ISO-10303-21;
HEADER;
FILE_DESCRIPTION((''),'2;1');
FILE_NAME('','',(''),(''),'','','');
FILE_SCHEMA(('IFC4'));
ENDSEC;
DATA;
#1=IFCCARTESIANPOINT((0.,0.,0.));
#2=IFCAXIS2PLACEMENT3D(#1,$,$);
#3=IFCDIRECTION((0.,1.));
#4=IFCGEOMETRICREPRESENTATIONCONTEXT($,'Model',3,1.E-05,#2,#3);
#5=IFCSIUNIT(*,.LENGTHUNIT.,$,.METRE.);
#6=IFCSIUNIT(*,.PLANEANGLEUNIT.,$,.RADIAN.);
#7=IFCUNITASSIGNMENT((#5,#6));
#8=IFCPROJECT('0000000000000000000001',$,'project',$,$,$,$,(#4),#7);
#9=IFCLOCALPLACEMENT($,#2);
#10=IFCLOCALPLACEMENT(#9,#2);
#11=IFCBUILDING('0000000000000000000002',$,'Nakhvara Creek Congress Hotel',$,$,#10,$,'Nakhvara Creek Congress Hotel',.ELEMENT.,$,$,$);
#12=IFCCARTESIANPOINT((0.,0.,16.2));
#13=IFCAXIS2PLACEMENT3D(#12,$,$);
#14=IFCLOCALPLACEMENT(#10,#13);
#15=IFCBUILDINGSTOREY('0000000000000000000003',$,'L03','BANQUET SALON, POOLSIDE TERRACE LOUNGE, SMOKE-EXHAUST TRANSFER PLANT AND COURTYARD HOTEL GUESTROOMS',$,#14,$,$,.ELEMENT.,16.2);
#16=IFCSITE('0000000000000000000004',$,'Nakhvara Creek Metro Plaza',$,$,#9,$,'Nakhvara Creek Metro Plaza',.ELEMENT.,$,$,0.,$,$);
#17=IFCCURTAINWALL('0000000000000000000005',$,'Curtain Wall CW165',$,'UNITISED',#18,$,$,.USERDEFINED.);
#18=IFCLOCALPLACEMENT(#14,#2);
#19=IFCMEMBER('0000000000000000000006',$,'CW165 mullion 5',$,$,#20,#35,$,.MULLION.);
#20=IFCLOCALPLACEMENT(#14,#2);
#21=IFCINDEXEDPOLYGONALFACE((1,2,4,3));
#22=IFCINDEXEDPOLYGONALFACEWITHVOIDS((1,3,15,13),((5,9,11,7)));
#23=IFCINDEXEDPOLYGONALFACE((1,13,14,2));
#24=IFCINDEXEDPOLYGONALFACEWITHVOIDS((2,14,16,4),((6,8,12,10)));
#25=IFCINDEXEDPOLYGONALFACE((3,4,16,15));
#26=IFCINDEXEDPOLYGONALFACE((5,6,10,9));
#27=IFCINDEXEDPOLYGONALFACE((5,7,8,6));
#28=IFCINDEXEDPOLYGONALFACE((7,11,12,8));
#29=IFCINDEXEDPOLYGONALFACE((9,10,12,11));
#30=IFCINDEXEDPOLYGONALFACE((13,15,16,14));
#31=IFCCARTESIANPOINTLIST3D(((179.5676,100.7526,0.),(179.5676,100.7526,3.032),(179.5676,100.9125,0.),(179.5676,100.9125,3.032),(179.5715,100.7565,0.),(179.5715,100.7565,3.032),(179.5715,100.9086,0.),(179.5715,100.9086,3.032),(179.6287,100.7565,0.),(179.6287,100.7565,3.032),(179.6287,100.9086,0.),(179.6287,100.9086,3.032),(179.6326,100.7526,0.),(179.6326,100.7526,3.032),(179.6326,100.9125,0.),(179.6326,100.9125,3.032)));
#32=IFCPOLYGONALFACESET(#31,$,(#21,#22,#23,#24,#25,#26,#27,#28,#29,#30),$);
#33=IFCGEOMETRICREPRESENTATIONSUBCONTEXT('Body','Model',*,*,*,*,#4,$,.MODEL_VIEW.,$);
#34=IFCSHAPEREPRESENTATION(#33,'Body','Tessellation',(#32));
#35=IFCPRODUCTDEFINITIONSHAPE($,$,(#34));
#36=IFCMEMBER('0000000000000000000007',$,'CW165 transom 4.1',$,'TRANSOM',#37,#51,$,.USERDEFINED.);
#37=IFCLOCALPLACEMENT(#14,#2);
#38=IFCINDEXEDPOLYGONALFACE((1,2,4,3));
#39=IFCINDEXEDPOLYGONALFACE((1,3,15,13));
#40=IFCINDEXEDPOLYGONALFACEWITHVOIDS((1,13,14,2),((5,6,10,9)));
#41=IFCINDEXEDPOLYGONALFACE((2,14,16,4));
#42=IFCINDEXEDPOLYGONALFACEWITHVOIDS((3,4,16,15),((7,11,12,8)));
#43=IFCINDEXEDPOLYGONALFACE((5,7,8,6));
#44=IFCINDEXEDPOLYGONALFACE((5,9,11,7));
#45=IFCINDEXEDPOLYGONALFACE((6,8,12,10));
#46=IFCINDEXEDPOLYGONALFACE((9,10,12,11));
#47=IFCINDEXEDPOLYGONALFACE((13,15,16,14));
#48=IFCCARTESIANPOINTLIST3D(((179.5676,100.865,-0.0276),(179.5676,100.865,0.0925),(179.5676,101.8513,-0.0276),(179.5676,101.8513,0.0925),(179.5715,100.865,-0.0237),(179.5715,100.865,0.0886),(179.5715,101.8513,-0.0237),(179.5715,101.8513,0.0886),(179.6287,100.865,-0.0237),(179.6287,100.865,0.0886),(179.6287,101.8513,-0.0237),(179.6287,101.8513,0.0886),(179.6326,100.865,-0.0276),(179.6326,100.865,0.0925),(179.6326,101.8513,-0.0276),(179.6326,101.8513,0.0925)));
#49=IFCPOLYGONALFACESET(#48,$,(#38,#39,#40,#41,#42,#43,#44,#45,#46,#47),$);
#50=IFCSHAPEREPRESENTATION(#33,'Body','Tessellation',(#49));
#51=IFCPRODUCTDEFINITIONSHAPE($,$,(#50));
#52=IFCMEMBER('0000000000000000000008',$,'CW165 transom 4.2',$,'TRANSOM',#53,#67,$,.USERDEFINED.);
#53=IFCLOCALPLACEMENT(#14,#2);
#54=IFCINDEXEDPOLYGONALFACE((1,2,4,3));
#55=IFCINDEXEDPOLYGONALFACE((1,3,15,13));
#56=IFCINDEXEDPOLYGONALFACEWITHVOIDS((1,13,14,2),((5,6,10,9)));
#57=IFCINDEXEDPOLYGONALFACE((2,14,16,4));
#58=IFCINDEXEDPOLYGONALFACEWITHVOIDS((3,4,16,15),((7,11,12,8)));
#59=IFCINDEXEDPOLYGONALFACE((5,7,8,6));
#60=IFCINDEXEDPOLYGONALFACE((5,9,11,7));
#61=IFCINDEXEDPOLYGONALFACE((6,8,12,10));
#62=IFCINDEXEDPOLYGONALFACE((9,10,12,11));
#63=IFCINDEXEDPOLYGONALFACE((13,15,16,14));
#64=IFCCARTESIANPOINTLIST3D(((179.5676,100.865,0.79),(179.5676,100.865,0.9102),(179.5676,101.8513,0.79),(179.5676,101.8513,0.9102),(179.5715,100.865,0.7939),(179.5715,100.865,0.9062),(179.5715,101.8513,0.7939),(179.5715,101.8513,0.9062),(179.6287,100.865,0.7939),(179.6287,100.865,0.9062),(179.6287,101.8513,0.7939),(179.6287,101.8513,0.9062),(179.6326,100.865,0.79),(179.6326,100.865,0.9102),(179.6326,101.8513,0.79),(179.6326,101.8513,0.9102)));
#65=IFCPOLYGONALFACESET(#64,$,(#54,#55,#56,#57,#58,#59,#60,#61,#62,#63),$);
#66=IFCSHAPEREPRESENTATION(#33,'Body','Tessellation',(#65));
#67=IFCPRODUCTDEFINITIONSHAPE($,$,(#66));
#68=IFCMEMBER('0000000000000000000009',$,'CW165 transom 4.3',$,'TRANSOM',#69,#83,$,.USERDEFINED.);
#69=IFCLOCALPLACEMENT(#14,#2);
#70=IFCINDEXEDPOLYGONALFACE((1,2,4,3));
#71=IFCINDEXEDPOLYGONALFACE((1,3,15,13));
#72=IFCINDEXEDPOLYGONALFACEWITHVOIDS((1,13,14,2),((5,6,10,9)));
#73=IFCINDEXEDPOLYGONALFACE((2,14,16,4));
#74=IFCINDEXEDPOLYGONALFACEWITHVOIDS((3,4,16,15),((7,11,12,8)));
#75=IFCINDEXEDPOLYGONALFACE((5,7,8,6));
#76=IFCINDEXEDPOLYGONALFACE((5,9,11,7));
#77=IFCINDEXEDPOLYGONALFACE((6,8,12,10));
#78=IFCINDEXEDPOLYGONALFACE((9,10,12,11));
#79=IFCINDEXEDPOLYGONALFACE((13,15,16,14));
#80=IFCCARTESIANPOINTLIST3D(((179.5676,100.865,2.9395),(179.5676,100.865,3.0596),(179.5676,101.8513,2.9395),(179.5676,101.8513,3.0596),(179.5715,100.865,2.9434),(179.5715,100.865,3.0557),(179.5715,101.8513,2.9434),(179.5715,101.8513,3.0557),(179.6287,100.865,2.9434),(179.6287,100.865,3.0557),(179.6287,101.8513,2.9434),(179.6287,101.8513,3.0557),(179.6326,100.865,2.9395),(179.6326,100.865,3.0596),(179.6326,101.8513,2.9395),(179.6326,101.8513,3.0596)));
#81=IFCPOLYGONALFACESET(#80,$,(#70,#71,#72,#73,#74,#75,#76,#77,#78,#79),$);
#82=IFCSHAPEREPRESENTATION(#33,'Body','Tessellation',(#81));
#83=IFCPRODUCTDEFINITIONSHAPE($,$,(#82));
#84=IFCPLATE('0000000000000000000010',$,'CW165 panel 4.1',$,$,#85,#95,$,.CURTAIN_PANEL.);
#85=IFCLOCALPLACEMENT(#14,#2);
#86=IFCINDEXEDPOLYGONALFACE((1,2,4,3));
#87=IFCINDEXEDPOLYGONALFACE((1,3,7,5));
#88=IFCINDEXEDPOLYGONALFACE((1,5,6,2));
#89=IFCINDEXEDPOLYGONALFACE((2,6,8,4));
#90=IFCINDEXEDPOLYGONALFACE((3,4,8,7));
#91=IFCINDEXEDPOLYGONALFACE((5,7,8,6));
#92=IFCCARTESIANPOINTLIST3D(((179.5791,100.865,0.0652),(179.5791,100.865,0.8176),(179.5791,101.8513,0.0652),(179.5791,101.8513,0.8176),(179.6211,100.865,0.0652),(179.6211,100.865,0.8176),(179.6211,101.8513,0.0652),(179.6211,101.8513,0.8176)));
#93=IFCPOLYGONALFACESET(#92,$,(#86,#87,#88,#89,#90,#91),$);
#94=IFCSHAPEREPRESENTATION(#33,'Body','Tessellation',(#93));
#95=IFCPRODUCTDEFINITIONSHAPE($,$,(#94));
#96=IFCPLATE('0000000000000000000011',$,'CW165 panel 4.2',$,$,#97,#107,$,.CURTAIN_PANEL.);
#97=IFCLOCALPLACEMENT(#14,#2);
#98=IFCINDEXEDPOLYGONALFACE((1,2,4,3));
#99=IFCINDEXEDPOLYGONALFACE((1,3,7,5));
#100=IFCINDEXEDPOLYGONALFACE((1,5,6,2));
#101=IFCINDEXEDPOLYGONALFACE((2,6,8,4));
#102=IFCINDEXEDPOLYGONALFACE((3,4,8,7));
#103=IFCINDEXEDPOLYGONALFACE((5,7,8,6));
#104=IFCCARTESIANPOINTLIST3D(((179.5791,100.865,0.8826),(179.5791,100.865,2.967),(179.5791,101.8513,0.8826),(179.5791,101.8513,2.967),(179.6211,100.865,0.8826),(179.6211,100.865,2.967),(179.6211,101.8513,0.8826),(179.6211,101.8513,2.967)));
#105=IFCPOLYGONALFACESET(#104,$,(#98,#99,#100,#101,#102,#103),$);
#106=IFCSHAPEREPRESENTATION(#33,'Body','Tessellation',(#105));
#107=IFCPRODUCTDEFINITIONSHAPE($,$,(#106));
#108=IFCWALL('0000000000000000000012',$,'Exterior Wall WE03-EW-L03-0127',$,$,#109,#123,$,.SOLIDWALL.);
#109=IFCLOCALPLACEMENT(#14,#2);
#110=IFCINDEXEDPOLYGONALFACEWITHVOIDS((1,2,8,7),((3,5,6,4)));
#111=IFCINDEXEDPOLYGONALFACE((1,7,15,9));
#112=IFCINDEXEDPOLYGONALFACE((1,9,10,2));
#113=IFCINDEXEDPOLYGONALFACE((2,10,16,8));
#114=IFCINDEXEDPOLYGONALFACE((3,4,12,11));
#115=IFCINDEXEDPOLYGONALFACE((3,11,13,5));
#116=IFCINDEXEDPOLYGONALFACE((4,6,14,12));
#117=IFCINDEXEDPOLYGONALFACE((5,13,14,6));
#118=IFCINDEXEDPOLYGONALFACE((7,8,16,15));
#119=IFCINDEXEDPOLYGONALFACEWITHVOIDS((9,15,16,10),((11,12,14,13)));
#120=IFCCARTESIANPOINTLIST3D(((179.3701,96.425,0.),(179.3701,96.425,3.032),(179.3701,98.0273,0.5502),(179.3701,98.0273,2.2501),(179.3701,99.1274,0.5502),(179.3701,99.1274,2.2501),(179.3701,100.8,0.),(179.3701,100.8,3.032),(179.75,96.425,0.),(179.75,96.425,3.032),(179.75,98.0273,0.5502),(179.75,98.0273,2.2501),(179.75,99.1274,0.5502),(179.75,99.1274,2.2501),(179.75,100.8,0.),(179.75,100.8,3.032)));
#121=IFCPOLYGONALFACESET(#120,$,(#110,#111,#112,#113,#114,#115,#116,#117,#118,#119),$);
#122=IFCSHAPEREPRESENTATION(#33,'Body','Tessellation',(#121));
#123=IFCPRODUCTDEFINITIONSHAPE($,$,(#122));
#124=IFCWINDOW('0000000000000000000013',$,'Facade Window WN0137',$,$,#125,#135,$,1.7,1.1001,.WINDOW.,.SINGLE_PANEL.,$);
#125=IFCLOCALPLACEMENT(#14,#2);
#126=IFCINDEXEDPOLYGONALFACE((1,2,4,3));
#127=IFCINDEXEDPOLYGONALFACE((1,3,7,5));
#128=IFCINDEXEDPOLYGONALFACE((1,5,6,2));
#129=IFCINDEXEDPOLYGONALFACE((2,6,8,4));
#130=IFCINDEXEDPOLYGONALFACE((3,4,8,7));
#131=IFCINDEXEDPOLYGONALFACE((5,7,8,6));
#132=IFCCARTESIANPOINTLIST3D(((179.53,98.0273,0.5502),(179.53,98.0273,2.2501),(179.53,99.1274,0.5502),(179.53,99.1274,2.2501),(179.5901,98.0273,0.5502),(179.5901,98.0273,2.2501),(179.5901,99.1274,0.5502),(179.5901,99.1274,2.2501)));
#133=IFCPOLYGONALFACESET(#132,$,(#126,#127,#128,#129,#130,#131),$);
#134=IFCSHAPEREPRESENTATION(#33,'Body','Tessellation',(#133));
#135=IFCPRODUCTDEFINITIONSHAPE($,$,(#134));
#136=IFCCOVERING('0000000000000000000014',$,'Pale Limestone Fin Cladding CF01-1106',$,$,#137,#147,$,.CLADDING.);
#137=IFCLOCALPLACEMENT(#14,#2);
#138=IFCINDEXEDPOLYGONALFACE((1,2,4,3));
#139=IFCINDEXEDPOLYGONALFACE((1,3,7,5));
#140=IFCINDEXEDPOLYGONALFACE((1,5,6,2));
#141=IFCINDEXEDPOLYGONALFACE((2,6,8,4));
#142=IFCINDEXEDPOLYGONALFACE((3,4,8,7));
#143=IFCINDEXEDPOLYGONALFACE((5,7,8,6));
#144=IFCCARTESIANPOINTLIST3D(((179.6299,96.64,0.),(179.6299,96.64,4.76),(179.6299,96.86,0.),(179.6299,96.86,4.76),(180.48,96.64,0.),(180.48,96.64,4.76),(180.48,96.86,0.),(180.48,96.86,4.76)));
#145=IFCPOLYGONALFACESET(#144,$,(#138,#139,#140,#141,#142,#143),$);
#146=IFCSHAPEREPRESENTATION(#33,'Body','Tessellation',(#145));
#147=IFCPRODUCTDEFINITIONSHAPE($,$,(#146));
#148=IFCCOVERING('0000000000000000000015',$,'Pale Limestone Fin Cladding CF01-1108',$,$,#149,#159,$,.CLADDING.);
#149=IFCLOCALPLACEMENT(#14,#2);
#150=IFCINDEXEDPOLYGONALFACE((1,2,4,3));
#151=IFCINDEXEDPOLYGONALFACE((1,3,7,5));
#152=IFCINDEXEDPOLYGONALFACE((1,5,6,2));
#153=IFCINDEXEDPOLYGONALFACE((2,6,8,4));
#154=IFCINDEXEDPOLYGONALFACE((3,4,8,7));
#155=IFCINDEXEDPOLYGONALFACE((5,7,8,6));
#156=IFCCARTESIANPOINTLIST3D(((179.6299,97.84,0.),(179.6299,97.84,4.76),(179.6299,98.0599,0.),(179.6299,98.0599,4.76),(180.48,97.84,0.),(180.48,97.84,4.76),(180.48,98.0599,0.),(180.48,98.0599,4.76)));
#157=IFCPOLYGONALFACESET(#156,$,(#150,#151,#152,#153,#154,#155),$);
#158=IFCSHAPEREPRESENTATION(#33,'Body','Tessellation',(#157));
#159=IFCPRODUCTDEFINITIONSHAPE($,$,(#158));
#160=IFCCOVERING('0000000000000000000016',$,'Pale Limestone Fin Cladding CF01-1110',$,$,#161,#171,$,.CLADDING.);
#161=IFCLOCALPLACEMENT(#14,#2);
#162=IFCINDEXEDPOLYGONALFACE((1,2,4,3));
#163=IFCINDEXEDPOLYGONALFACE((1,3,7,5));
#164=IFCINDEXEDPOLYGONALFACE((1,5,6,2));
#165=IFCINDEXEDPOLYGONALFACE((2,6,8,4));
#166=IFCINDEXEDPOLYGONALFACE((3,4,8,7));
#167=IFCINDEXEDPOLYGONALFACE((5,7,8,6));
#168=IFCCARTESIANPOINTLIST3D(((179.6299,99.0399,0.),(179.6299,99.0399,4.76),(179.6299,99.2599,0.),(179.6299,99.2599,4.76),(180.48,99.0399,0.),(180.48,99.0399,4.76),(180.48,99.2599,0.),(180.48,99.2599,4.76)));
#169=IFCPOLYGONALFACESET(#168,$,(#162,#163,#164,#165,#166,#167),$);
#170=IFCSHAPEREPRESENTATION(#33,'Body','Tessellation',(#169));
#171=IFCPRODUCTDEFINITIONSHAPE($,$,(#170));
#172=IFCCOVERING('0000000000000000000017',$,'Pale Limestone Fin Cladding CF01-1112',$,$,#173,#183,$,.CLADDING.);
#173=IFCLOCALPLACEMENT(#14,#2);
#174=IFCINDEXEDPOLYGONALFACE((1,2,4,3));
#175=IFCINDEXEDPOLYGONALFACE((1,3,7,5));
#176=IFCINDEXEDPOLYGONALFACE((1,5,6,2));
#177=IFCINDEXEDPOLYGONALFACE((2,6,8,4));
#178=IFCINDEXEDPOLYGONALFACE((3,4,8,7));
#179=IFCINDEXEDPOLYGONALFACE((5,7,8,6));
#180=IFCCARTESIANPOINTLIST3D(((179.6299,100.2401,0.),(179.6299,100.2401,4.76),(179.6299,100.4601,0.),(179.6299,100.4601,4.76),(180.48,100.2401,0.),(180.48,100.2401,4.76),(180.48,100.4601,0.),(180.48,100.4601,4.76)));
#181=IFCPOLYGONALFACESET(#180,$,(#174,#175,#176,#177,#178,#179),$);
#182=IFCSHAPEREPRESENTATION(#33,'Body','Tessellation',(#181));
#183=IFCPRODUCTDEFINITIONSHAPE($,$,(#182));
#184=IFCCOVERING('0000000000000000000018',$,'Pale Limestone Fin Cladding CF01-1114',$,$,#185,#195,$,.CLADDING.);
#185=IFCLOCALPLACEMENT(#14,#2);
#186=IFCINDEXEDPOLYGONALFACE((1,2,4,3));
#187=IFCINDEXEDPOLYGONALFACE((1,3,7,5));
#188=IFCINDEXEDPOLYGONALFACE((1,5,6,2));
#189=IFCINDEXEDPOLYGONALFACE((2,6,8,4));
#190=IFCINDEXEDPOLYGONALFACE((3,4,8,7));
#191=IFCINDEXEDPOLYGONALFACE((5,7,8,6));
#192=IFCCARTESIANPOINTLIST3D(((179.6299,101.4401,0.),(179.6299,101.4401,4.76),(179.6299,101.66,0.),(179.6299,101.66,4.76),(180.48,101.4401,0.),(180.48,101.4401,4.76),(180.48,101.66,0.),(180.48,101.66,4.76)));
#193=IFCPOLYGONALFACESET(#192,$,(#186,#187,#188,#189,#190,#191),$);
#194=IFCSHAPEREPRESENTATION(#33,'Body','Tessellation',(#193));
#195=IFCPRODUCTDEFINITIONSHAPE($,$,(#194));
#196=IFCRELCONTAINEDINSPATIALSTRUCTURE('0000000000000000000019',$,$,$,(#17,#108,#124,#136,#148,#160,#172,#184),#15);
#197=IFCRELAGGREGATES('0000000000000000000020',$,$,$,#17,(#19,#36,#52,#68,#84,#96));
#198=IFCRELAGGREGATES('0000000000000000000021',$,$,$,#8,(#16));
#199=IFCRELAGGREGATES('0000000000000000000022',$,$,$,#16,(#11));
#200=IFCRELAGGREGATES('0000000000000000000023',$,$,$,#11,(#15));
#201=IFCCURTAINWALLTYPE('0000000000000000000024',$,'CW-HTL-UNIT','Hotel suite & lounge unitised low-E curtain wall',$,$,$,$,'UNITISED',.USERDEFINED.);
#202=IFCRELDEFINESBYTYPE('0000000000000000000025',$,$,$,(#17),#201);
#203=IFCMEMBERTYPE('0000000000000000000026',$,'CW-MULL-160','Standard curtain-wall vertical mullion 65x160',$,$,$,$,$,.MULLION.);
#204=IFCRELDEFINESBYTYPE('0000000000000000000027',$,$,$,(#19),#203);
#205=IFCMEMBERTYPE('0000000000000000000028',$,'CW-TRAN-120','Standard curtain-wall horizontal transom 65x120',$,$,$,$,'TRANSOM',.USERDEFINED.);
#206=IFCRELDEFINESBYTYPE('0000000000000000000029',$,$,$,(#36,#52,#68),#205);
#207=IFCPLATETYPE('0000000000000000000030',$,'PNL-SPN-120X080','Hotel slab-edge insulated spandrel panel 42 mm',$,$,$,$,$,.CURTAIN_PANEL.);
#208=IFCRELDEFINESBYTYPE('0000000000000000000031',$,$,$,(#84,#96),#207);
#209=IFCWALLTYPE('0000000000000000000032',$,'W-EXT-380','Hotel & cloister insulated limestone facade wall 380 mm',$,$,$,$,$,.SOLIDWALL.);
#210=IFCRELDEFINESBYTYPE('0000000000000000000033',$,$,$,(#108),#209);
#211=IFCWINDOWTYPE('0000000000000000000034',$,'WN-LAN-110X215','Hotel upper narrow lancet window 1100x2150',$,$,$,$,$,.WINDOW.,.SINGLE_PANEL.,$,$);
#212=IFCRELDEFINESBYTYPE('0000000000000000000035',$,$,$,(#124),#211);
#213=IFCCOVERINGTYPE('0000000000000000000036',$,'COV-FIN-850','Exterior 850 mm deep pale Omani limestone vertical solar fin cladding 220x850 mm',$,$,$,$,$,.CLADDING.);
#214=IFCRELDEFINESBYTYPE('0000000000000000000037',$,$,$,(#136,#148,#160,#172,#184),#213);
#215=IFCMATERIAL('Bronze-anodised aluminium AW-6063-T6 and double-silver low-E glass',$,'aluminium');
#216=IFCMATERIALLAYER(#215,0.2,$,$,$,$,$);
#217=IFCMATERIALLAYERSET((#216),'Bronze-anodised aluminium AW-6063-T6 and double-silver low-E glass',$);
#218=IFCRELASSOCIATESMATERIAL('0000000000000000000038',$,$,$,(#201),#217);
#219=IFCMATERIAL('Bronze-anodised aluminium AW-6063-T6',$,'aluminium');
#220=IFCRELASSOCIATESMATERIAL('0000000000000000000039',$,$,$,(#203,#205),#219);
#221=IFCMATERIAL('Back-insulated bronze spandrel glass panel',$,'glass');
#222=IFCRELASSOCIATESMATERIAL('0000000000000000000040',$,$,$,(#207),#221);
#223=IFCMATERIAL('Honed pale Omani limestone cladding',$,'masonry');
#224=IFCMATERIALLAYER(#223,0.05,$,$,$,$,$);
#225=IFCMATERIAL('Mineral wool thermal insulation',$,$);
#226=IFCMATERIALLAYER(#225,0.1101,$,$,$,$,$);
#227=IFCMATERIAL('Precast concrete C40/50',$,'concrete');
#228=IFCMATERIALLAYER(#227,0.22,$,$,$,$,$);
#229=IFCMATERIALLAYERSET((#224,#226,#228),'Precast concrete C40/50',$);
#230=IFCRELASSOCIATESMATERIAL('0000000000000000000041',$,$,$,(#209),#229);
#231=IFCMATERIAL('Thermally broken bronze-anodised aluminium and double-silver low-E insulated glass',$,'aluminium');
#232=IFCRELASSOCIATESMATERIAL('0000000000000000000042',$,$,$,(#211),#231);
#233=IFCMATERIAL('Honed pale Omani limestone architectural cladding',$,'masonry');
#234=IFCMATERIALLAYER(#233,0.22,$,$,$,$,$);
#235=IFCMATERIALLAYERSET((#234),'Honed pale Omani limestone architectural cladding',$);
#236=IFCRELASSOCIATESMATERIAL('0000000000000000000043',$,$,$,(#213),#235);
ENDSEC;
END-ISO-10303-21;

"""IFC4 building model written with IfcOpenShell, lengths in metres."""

from ifc_helpers import new_model, si_unit, direction, frame, frame_2d, origin, origin_2d, place, context, subcontext, project, spatial, rectangle, hollow_rectangle, extrude, material, layer, layer_set, material_profile, profile_set, type_object, element, fill, aggregate, save


model = new_model("IFC4")

# Units and contexts
model_context = context("Model", 3, precision=1e-05, world=origin(), true_north=direction((0.0, 1.0)))
body_context = subcontext(model_context, "Body", "Model", "MODEL_VIEW")
ifc_project = project(units=[si_unit("LENGTHUNIT", "METRE"), si_unit("PLANEANGLEUNIT", "RADIAN")], contexts=[model_context])

# Site, building, storey
site_placement = place(None, origin())
site = spatial("IfcSite", under=ifc_project, at=site_placement, Name="Nakhvara Creek Metro Plaza", LongName="Nakhvara Creek Metro Plaza", CompositionType="ELEMENT", RefElevation=0.0)
building_placement = place(site_placement, origin())
building = spatial("IfcBuilding", under=site, at=building_placement, Name="Nakhvara Creek Congress Hotel", LongName="Nakhvara Creek Congress Hotel", CompositionType="ELEMENT")
storey_placement = place(building_placement, frame((0.0, 0.0, 16.2)))
storey = spatial("IfcBuildingStorey", under=building, at=storey_placement, Name="L03", Description="BANQUET SALON, POOLSIDE TERRACE LOUNGE, SMOKE-EXHAUST TRANSFER PLANT AND COURTYARD HOTEL GUESTROOMS", CompositionType="ELEMENT", Elevation=16.2)

# Curtain wall, members, plates
ifc_material_1 = material(Name="Bronze-anodised aluminium AW-6063-T6 and double-silver low-E glass", Category="aluminium")
ifc_layer_1 = layer(ifc_material_1, 0.2)
ifc_layer_set_1 = layer_set([ifc_layer_1], Name="Bronze-anodised aluminium AW-6063-T6 and double-silver low-E glass")
curtain_wall_type = type_object("IfcCurtainWallType", Name="CW-HTL-UNIT", Description="Hotel suite & lounge unitised low-E curtain wall", ElementType="UNITISED", PredefinedType="USERDEFINED", material=ifc_layer_set_1)
curtain_wall_placement = place(storey_placement, origin())
curtain_wall = element("IfcCurtainWall", 1, at=curtain_wall_placement, inside=storey, type_object=curtain_wall_type, Name="Curtain Wall CW165", ObjectType="UNITISED", PredefinedType="USERDEFINED")
ifc_material_2 = material(Name="Bronze-anodised aluminium AW-6063-T6", Category="aluminium")
ifc_material_profile_1 = material_profile(ifc_material_2, hollow_rectangle(XDim=0.0649, YDim=0.1599, WallThickness=0.0039, at=origin_2d()), Name="ALU-MULL 65x160x4", Category="LoadBearing")
ifc_profile_set_1 = profile_set([ifc_material_profile_1], Name="Bronze-anodised aluminium AW-6063-T6")
member_type_1 = type_object("IfcMemberType", Name="CW-MULL-160", Description="Standard curtain-wall vertical mullion 65x160", PredefinedType="MULLION", material=ifc_profile_set_1)
member_1_placement = place(storey_placement, frame((179.6001, 100.8325, 0.0), z_axis=(0.0, 0.0, 1.0), x_axis=(1.0, 0.0, 0.0)))
member_1 = element("IfcMember", 2, at=member_1_placement, type_object=member_type_1, Name="CW165 mullion 5", PredefinedType="MULLION", context=body_context, shape_type="SweptSolid", body=[
    extrude(hollow_rectangle(XDim=0.0649, YDim=0.1599, WallThickness=0.0039, at=origin_2d()), origin(), (0.0, 0.0, 1.0), 3.032),
])
ifc_material_profile_2 = material_profile(ifc_material_2, hollow_rectangle(XDim=0.0649, YDim=0.1201, WallThickness=0.0039, at=origin_2d()), Name="ALU-TRAN 65x120x4", Category="LoadBearing")
ifc_profile_set_2 = profile_set([ifc_material_profile_2], Name="Bronze-anodised aluminium AW-6063-T6")
member_type_2 = type_object("IfcMemberType", Name="CW-TRAN-120", Description="Standard curtain-wall horizontal transom 65x120", ElementType="TRANSOM", PredefinedType="USERDEFINED", material=ifc_profile_set_2)
member_2_placement = place(storey_placement, frame((179.6001, 101.8513, 0.0325), z_axis=(0.0, -1.0, 0.0), x_axis=(1.0, 0.0, 0.0)))
member_2 = element("IfcMember", 3, at=member_2_placement, type_object=member_type_2, Name="CW165 transom 4.1", ObjectType="TRANSOM", PredefinedType="USERDEFINED", context=body_context, shape_type="SweptSolid", body=[
    extrude(hollow_rectangle(XDim=0.0649, YDim=0.1201, WallThickness=0.0039, at=origin_2d()), origin(), (0.0, 0.0, 1.0), 0.9863),
])
member_3_placement = place(storey_placement, frame((179.6001, 101.8513, 0.8501), z_axis=(0.0, -1.0, 0.0), x_axis=(1.0, 0.0, 0.0)))
member_3 = element("IfcMember", 4, at=member_3_placement, type_object=member_type_2, Name="CW165 transom 4.2", ObjectType="TRANSOM", PredefinedType="USERDEFINED", context=body_context, shape_type="SweptSolid", body=[
    extrude(hollow_rectangle(XDim=0.0649, YDim=0.1201, WallThickness=0.0039, at=origin_2d()), origin(), (0.0, 0.0, 1.0), 0.9863),
])
member_4_placement = place(storey_placement, frame((179.6001, 101.8513, 2.9995), z_axis=(0.0, -1.0, 0.0), x_axis=(1.0, 0.0, 0.0)))
member_4 = element("IfcMember", 5, at=member_4_placement, type_object=member_type_2, Name="CW165 transom 4.3", ObjectType="TRANSOM", PredefinedType="USERDEFINED", context=body_context, shape_type="SweptSolid", body=[
    extrude(hollow_rectangle(XDim=0.0649, YDim=0.1201, WallThickness=0.0039, at=origin_2d()), origin(), (0.0, 0.0, 1.0), 0.9863),
])
ifc_material_3 = material(Name="Back-insulated bronze spandrel glass panel", Category="glass")
plate_type = type_object("IfcPlateType", Name="PNL-SPN-120X080", Description="Hotel slab-edge insulated spandrel panel 42 mm", PredefinedType="CURTAIN_PANEL", material=ifc_material_3)
plate_1_placement = place(storey_placement, frame((179.6001, 101.3582, 0.0652), z_axis=(0.0, 0.0, 1.0), x_axis=(0.0, -1.0, 0.0)))
plate_1 = element("IfcPlate", 6, at=plate_1_placement, type_object=plate_type, Name="CW165 panel 4.1", PredefinedType="CURTAIN_PANEL", context=body_context, shape_type="SweptSolid", body=[
    extrude(rectangle(XDim=0.9863, YDim=0.042, at=origin_2d()), origin(), (0.0, 0.0, 1.0), 0.7524),
])
plate_2_placement = place(storey_placement, frame((179.6001, 101.3582, 0.8826), z_axis=(0.0, 0.0, 1.0), x_axis=(0.0, -1.0, 0.0)))
plate_2 = element("IfcPlate", 7, at=plate_2_placement, type_object=plate_type, Name="CW165 panel 4.2", PredefinedType="CURTAIN_PANEL", context=body_context, shape_type="SweptSolid", body=[
    extrude(rectangle(XDim=0.9863, YDim=0.042, at=origin_2d()), origin(), (0.0, 0.0, 1.0), 2.0845),
])
aggregate(curtain_wall, [member_1, member_2, member_3, member_4, plate_1, plate_2])

# Wall, opening, window
ifc_material_4 = material(Name="Honed pale Omani limestone cladding", Category="masonry")
ifc_layer_2 = layer(ifc_material_4, 0.05)
ifc_material_5 = material(Name="Mineral wool thermal insulation")
ifc_layer_3 = layer(ifc_material_5, 0.1101)
ifc_material_6 = material(Name="Precast concrete C40/50", Category="concrete")
ifc_layer_4 = layer(ifc_material_6, 0.22)
ifc_layer_set_2 = layer_set([ifc_layer_2, ifc_layer_3, ifc_layer_4], Name="Precast concrete C40/50")
wall_type = type_object("IfcWallType", Name="W-EXT-380", Description="Hotel & cloister insulated limestone facade wall 380 mm", PredefinedType="SOLIDWALL", material=ifc_layer_set_2)
wall_placement = place(storey_placement, frame((179.5601, 100.8, 0.0), z_axis=(0.0, 0.0, 1.0), x_axis=(0.0, -1.0, 0.0)))
wall = element("IfcWall", 8, at=wall_placement, inside=storey, type_object=wall_type, Name="Exterior Wall WE03-EW-L03-0127", PredefinedType="SOLIDWALL", context=body_context, shape_type="SweptSolid", body=[
    extrude(rectangle(XDim=4.375, YDim=0.3799, at=frame_2d((2.1875, 0.0))), origin(), (0.0, 0.0, 1.0), 3.032),
])
opening_placement = place(wall_placement, frame((1.6726, 0.0, 0.55)))
opening = element("IfcOpeningElement", 9, at=opening_placement, cuts=wall, PredefinedType="OPENING", context=body_context, shape_type="SweptSolid", body=[
    extrude(rectangle(XDim=1.1001, YDim=1.7, at=frame_2d((0.55, 0.8501))), frame((0.0, 0.2019, 0.0), z_axis=(0.0, -1.0, 0.0), x_axis=(1.0, 0.0, 0.0)), (0.0, 0.0, 1.0), 0.4038),
])
ifc_material_7 = material(Name="Thermally broken bronze-anodised aluminium and double-silver low-E insulated glass", Category="aluminium")
window_type = type_object("IfcWindowType", Name="WN-LAN-110X215", Description="Hotel upper narrow lancet window 1100x2150", PartitioningType="SINGLE_PANEL", PredefinedType="WINDOW", material=ifc_material_7)
window_placement = place(opening_placement, origin())
window = element("IfcWindow", 10, at=window_placement, inside=storey, type_object=window_type, Name="Facade Window WN0137", OverallHeight=1.7, OverallWidth=1.1001, PartitioningType="SINGLE_PANEL", PredefinedType="WINDOW", context=body_context, shape_type="SweptSolid", body=[
    extrude(rectangle(XDim=1.1001, YDim=1.7, at=frame_2d((0.55, 0.8501))), frame((0.0, 0.03, 0.0), z_axis=(0.0, -1.0, 0.0), x_axis=(1.0, 0.0, 0.0)), (0.0, 0.0, 1.0), 0.0601),
])
fill(opening, window)

# Coverings
ifc_material_8 = material(Name="Honed pale Omani limestone architectural cladding", Category="masonry")
ifc_layer_5 = layer(ifc_material_8, 0.22)
ifc_layer_set_3 = layer_set([ifc_layer_5], Name="Honed pale Omani limestone architectural cladding")
covering_type = type_object("IfcCoveringType", Name="COV-FIN-850", Description="Exterior 850 mm deep pale Omani limestone vertical solar fin cladding 220x850 mm", PredefinedType="CLADDING", material=ifc_layer_set_3)
for number, where, z_axis, x_axis, name in (
    (11, (180.0549, 96.75, 0.0), (0.0, 0.0, 1.0), (0.0, 1.0, 0.0), "Pale Limestone Fin Cladding CF01-1106"),
    (12, (180.0549, 97.95, 0.0), (0.0, 0.0, 1.0), (0.0, 1.0, 0.0), "Pale Limestone Fin Cladding CF01-1108"),
    (13, (180.0549, 99.1499, 0.0), (0.0, 0.0, 1.0), (0.0, 1.0, 0.0), "Pale Limestone Fin Cladding CF01-1110"),
    (14, (180.0549, 100.3501, 0.0), (0.0, 0.0, 1.0), (0.0, 1.0, 0.0), "Pale Limestone Fin Cladding CF01-1112"),
    (15, (180.0549, 101.55, 0.0), (0.0, 0.0, 1.0), (0.0, 1.0, 0.0), "Pale Limestone Fin Cladding CF01-1114"),
):
    element("IfcCovering", number, at=place(storey_placement, frame(where, z_axis=z_axis, x_axis=x_axis)), inside=storey, type_object=covering_type, Name=name, PredefinedType="CLADDING", context=body_context, shape_type="SweptSolid", body=[
        extrude(rectangle(XDim=0.22, YDim=0.8501, at=origin_2d()), origin(), (0.0, 0.0, 1.0), 4.76),
    ])

save(model, "model.ifc")
